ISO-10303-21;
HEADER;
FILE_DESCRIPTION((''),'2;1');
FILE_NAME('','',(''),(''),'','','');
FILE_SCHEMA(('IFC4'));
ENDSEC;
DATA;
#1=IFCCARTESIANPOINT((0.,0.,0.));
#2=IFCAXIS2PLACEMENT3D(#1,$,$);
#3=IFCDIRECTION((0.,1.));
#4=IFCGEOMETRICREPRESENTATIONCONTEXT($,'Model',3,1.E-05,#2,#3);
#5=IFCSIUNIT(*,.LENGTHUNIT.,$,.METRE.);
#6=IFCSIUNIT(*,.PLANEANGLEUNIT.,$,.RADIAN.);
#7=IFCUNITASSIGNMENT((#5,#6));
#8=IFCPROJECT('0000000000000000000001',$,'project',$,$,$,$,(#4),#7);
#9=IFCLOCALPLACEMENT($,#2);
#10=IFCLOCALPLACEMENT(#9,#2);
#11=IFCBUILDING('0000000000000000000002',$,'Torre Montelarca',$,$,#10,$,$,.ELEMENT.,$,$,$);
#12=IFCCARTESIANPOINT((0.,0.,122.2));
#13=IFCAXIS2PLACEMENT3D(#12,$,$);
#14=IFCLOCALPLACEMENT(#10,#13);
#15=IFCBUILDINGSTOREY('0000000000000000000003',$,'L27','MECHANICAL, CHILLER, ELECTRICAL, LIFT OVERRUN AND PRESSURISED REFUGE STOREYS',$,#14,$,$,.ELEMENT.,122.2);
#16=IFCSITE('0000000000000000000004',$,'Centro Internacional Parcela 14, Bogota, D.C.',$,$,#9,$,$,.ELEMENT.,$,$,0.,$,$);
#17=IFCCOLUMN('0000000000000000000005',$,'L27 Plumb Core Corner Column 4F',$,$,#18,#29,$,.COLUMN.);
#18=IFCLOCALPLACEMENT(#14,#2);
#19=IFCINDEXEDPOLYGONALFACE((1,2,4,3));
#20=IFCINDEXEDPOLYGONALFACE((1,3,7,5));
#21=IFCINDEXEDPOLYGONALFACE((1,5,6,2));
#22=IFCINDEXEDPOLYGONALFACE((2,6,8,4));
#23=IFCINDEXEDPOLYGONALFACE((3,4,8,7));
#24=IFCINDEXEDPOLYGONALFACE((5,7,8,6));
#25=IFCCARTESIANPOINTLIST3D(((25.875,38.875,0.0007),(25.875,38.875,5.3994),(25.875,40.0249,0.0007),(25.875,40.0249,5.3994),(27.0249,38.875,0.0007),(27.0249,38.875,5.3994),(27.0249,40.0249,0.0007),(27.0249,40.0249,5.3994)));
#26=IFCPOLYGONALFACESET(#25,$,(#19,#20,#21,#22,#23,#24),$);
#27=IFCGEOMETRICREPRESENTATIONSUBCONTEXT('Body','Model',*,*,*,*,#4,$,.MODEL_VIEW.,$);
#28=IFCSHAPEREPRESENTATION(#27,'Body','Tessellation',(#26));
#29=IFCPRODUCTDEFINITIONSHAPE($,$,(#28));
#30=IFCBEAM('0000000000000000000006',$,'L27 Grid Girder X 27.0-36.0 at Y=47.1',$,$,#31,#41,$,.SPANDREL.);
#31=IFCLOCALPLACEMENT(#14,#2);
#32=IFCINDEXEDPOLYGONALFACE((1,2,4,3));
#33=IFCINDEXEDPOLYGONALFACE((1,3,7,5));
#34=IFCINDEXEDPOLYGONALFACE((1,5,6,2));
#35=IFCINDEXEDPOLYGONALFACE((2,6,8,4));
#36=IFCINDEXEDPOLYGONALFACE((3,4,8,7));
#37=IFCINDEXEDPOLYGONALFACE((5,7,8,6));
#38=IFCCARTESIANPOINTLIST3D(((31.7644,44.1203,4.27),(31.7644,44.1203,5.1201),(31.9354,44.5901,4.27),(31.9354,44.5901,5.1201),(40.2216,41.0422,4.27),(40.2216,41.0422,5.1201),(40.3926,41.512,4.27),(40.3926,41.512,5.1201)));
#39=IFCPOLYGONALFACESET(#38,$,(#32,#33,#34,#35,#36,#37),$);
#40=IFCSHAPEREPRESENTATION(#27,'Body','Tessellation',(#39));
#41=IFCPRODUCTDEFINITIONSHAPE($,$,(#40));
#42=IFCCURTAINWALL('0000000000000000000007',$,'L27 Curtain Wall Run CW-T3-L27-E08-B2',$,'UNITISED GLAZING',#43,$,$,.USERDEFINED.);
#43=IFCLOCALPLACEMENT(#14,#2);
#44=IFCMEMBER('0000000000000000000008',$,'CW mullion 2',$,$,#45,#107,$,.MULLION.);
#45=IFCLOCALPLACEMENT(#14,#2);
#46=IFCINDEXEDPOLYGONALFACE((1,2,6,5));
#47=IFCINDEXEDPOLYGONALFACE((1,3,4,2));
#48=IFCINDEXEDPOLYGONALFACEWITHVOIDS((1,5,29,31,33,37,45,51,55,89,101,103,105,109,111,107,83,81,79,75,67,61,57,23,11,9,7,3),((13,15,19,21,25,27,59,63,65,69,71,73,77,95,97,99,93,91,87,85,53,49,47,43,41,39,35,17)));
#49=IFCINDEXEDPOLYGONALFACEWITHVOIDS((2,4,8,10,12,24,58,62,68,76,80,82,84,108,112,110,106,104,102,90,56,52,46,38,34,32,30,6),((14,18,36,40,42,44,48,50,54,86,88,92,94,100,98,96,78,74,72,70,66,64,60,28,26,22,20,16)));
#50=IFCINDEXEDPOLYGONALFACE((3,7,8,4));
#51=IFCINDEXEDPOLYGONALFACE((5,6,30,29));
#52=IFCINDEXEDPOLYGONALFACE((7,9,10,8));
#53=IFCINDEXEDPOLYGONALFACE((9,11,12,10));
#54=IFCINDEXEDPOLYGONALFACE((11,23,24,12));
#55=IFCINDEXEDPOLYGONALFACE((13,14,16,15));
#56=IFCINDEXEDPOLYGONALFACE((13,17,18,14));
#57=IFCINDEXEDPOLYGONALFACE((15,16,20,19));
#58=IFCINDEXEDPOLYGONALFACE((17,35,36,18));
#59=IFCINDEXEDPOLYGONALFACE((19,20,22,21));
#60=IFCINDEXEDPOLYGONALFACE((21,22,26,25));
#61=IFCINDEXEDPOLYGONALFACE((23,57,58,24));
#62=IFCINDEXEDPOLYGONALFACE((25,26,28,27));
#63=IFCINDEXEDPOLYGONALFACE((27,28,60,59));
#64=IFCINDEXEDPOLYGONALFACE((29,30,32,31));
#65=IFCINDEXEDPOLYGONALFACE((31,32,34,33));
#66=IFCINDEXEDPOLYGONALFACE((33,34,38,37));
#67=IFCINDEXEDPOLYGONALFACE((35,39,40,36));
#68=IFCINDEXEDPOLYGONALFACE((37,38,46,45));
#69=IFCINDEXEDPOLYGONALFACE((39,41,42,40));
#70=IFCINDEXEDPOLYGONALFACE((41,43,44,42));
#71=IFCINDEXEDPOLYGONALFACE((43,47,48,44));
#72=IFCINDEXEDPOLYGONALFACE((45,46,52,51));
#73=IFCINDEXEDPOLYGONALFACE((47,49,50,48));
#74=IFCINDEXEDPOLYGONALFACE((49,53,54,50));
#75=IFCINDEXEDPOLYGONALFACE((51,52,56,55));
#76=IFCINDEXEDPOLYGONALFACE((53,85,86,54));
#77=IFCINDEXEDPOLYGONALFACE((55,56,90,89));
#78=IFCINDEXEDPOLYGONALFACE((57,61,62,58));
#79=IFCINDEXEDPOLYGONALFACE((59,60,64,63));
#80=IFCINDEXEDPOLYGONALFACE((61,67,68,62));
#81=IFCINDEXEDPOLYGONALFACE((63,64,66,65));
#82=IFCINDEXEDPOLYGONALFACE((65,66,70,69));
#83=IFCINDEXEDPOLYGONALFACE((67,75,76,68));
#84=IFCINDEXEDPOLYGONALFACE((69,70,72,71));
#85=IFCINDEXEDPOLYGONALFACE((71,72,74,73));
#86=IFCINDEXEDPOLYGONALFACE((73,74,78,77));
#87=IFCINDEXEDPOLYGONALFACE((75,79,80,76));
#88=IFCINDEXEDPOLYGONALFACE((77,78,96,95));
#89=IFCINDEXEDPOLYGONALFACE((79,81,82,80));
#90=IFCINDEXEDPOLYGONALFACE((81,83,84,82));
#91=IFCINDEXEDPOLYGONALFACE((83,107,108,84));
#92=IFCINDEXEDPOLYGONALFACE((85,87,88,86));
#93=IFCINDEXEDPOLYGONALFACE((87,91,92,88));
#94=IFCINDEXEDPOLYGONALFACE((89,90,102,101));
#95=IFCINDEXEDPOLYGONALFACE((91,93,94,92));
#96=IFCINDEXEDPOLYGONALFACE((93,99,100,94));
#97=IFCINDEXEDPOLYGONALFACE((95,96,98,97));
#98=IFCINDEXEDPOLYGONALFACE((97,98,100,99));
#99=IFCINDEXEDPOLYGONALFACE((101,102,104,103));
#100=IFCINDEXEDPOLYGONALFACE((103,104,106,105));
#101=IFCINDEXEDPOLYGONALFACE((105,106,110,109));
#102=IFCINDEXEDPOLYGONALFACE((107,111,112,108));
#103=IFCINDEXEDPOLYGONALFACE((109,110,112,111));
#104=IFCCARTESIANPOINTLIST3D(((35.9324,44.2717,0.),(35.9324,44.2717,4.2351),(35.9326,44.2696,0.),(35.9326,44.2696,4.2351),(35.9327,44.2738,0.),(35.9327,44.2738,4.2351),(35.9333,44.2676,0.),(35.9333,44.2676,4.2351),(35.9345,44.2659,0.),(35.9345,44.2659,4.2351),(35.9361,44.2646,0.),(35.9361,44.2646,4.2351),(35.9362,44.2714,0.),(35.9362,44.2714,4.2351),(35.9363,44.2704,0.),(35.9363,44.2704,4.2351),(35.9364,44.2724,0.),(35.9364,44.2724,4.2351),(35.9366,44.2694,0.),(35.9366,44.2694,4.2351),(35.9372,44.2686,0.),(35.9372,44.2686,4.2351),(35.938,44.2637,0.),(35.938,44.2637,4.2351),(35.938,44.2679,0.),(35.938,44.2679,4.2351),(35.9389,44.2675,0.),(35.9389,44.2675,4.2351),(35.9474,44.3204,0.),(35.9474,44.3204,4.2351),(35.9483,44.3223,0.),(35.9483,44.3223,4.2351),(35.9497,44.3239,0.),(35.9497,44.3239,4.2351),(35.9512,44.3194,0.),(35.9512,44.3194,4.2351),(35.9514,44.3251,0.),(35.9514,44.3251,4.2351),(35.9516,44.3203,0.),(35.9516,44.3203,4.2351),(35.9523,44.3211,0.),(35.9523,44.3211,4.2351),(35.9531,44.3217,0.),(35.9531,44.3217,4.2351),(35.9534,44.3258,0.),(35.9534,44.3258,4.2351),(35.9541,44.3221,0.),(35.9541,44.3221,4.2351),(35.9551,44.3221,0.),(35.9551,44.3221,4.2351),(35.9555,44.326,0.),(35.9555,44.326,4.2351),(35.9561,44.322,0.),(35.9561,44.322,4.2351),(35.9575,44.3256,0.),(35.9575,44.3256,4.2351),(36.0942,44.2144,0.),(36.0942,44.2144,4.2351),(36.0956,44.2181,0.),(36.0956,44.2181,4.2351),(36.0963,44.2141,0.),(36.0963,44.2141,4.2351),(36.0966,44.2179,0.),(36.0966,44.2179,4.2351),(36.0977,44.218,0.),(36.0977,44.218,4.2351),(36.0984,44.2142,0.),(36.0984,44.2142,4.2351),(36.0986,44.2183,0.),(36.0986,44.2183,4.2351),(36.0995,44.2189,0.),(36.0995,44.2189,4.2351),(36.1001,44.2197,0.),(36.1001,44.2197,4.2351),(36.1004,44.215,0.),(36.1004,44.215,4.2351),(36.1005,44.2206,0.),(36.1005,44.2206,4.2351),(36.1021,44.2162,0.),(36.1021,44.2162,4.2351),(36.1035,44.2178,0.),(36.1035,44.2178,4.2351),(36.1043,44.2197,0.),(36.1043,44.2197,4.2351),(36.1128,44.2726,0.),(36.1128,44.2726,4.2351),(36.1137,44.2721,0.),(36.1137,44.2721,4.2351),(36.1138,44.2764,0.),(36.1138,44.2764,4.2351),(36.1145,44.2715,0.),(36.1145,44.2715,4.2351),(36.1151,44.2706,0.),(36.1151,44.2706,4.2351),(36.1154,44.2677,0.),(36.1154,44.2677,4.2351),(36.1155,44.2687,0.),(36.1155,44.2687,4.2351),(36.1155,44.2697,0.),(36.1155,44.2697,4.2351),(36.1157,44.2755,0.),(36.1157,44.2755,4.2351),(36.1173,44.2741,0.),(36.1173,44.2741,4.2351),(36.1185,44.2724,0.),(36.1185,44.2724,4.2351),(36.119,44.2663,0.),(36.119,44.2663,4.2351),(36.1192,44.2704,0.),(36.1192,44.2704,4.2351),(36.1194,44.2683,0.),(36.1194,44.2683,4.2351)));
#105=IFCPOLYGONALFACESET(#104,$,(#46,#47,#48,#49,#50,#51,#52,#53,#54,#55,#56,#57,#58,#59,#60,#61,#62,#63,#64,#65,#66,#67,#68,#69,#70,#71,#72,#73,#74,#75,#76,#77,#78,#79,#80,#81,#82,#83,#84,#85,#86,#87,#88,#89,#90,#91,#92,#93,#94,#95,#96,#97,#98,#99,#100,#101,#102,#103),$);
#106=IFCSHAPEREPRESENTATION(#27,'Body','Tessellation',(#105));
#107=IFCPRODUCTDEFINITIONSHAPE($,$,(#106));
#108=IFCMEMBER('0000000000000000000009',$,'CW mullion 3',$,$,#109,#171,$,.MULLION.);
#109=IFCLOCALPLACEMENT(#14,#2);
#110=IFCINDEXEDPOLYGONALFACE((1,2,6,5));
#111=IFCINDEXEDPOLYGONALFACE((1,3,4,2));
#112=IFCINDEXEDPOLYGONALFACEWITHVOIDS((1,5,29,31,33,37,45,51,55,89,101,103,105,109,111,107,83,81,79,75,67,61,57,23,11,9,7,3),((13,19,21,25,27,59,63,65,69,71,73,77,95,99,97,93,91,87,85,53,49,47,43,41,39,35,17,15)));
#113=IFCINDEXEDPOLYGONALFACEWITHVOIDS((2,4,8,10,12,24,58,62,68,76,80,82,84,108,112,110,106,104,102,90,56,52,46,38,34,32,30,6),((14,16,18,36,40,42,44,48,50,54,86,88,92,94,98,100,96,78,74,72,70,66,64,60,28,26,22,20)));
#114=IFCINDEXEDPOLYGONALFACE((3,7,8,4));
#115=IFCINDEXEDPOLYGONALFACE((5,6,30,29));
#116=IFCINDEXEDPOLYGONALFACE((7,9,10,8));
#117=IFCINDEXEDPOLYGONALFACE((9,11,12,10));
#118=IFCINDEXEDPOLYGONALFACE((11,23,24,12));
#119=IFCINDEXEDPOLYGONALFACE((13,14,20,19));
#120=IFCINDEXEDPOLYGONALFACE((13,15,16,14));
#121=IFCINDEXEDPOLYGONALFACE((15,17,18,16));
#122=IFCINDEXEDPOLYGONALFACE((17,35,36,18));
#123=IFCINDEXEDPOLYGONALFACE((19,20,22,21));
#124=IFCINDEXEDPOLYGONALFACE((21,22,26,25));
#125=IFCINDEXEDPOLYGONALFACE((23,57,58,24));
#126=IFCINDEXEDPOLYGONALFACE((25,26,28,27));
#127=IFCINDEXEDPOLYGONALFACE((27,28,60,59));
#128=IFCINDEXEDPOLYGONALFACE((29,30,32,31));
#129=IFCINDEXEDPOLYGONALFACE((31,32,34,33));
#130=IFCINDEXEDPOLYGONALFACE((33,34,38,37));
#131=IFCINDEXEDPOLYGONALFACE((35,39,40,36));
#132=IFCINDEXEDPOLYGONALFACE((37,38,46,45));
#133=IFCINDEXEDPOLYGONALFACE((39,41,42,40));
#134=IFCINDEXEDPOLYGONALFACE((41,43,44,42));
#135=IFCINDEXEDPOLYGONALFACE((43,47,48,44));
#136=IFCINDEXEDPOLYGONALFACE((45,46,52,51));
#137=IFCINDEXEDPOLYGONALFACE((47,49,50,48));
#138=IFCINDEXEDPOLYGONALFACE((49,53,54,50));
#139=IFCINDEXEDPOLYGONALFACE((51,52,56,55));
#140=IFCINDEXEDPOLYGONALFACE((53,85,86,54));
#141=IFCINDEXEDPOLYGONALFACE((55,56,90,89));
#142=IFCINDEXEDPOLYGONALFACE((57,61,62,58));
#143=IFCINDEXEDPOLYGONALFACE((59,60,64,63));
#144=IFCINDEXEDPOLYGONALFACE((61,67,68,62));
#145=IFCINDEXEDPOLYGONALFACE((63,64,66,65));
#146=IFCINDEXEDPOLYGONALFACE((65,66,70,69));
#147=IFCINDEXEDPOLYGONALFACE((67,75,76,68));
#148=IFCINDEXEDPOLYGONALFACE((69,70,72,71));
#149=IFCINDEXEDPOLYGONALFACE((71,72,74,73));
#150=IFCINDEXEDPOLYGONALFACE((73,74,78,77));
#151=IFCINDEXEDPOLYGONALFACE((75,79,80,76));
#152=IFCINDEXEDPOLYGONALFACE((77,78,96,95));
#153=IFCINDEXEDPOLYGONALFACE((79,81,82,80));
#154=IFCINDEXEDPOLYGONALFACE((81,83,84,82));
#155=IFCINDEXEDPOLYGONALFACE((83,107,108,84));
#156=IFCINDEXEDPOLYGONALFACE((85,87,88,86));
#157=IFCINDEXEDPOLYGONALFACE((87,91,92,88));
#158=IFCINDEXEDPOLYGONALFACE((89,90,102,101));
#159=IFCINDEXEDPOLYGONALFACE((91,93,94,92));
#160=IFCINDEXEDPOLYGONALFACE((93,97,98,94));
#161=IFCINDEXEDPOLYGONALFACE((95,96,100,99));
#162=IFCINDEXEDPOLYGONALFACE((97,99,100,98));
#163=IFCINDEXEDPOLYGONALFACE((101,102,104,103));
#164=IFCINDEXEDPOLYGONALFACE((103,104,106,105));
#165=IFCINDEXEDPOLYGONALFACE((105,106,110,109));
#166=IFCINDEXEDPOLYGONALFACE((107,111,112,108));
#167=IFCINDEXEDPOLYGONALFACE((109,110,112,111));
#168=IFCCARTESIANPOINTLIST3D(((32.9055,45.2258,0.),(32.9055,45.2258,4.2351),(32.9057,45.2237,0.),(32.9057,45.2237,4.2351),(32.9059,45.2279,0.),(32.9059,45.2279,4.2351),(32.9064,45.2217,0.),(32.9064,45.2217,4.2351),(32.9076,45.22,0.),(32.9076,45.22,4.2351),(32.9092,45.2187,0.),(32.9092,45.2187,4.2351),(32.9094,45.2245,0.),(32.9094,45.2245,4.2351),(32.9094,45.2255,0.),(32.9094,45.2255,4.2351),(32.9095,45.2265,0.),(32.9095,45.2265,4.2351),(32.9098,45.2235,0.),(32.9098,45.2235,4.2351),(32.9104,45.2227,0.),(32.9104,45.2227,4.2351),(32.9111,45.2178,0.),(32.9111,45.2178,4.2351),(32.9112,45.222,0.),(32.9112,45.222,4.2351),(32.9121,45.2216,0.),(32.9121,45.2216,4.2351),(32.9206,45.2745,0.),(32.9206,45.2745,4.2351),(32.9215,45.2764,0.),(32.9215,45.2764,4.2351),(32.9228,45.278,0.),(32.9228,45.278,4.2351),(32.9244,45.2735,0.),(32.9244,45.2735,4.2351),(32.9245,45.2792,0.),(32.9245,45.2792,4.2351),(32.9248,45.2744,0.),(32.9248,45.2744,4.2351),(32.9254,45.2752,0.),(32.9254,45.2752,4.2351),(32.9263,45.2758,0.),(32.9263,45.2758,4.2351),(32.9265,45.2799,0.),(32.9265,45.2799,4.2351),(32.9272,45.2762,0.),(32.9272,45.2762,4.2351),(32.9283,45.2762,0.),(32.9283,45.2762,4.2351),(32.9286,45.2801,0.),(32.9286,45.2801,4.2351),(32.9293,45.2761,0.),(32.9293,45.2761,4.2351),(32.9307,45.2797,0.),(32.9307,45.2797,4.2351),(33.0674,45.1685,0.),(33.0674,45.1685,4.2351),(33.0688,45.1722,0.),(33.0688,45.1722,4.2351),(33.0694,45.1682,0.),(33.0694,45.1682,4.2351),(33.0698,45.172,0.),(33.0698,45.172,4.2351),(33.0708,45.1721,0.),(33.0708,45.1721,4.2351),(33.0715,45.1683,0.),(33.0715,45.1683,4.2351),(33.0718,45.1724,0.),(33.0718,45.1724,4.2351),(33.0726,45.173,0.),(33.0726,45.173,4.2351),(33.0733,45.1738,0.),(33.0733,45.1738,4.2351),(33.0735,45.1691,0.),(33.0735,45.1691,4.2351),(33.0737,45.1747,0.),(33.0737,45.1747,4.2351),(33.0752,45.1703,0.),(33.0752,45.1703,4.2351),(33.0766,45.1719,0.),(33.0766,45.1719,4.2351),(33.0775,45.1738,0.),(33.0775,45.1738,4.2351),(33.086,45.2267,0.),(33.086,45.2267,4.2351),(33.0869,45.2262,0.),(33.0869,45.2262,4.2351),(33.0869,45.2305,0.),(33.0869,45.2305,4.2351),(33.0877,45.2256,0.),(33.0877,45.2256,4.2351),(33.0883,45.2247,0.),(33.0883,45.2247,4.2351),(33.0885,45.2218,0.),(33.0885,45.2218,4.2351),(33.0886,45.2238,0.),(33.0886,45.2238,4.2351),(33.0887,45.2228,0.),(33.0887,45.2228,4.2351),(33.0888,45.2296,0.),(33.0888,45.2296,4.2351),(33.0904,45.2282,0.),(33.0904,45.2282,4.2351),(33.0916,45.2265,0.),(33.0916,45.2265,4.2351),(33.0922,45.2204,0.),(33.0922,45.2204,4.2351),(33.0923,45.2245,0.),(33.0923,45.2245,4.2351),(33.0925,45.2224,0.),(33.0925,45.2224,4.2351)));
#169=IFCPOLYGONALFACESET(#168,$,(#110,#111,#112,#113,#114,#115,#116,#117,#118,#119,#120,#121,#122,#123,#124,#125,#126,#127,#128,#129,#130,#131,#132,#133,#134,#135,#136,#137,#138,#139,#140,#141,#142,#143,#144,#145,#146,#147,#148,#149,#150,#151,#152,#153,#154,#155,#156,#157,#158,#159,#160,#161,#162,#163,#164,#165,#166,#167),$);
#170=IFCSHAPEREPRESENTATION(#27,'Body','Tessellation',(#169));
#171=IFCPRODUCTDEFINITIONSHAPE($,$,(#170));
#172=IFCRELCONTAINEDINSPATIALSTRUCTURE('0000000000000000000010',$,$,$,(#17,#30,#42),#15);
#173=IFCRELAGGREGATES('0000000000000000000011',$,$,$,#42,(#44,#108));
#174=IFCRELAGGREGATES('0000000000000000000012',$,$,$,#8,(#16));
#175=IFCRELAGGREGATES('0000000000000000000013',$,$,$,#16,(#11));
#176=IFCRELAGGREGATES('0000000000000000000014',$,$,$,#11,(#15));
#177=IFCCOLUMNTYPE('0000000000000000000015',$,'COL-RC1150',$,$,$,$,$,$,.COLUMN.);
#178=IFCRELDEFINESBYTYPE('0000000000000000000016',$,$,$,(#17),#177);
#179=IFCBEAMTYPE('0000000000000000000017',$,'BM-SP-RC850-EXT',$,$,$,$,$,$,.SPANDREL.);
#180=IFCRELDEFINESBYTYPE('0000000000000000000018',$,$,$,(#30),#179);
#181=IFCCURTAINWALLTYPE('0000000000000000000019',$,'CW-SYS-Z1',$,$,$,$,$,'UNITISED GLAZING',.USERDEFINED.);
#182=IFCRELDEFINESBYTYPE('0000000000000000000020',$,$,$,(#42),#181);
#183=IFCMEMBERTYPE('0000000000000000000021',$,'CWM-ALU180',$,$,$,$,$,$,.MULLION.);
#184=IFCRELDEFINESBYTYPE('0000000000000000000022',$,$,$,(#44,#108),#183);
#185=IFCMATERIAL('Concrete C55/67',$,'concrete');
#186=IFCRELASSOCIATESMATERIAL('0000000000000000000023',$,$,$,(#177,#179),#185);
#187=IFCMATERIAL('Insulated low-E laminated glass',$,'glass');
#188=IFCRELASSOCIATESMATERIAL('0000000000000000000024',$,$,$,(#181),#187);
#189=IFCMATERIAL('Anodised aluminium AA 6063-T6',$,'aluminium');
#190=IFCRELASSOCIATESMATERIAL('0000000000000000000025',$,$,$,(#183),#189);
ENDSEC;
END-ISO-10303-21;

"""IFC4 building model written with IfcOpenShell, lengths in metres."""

from ifc_helpers import new_model, si_unit, direction, frame, origin, origin_2d, place, context, subcontext, project, spatial, rectangle, hollow_rectangle, extrude, source, transform, mapped, material, material_profile, profile_set, type_object, element, aggregate, save


model = new_model("IFC4")

# Units and contexts
model_context = context("Model", 3, precision=1e-05, world=origin(), true_north=direction((0.0, 1.0)))
body_context = subcontext(model_context, "Body", "Model", "MODEL_VIEW")
ifc_project = project(units=[si_unit("LENGTHUNIT", "METRE"), si_unit("PLANEANGLEUNIT", "RADIAN")], contexts=[model_context])

# Site, building, storey
site_placement = place(None, origin())
site = spatial("IfcSite", under=ifc_project, at=site_placement, Name="Centro Internacional Parcela 14, Bogota, D.C.", CompositionType="ELEMENT", RefElevation=0.0)
building_placement = place(site_placement, origin())
building = spatial("IfcBuilding", under=site, at=building_placement, Name="Torre Montelarca", CompositionType="ELEMENT")
storey_placement = place(building_placement, frame((0.0, 0.0, 122.2)))
storey = spatial("IfcBuildingStorey", under=building, at=storey_placement, Name="L27", Description="MECHANICAL, CHILLER, ELECTRICAL, LIFT OVERRUN AND PRESSURISED REFUGE STOREYS", CompositionType="ELEMENT", Elevation=122.2)

# Column
ifc_material_1 = material(Name="Concrete C55/67", Category="concrete")
ifc_material_profile_1 = material_profile(ifc_material_1, rectangle(XDim=1.1499, YDim=1.1499, at=origin_2d()), Name="RC1150X1150", Category="concrete")
ifc_profile_set_1 = profile_set([ifc_material_profile_1], Name="Concrete C55/67")
column_type_1 = type_object("IfcColumnType", Name="COL-RC1150", PredefinedType="COLUMN", material=ifc_profile_set_1)
shared_shape_1 = source(origin(), body_context, "Body", "SweptSolid", [
    extrude(rectangle(XDim=1.1499, YDim=1.1499, at=origin_2d()), origin(), (0.0, 0.0, 1.0), 5.3987),
])
column_1_placement = place(storey_placement, frame((26.45, 39.45, 0.0007), z_axis=(0.0, 0.0, 1.0), x_axis=(1.0, 0.0, 0.0)))
element("IfcColumn", 1, at=column_1_placement, inside=storey, type_object=column_type_1, Name="L27 Plumb Core Corner Column 4F", PredefinedType="COLUMN", context=body_context, shape_type="MappedRepresentation", body=[
    mapped(shared_shape_1, transform((0.0, 0.0, 0.0), scale=1.0)),
])

# Beam
ifc_material_profile_2 = material_profile(ifc_material_1, rectangle(XDim=0.5, YDim=0.8501, at=origin_2d()), Name="RCB500X850", Category="concrete")
ifc_profile_set_2 = profile_set([ifc_material_profile_2], Name="Concrete C55/67")
beam_type = type_object("IfcBeamType", Name="BM-SP-RC850-EXT", PredefinedType="SPANDREL", material=ifc_profile_set_2)
shared_shape_2 = source(origin(), body_context, "Body", "SweptSolid", [
    extrude(rectangle(XDim=0.5, YDim=0.8501, at=origin_2d()), origin(), (0.0, 0.0, 1.0), 9.0),
])
beam_placement = place(storey_placement, frame((31.8499, 44.3552, 4.6951), z_axis=(0.939695, -0.342013, 0.0), x_axis=(0.342013, 0.939695, 0.0)))
element("IfcBeam", 2, at=beam_placement, inside=storey, type_object=beam_type, Name="L27 Grid Girder X 27.0-36.0 at Y=47.1", PredefinedType="SPANDREL", context=body_context, shape_type="MappedRepresentation", body=[
    mapped(shared_shape_2, transform((0.0, 0.0, 0.0), scale=1.0)),
])

# Curtain wall, members
ifc_material_2 = material(Name="Insulated low-E laminated glass", Category="glass")
curtain_wall_type = type_object("IfcCurtainWallType", Name="CW-SYS-Z1", ElementType="UNITISED GLAZING", PredefinedType="USERDEFINED", material=ifc_material_2)
curtain_wall_1_placement = place(storey_placement, origin())
curtain_wall_1 = element("IfcCurtainWall", 3, at=curtain_wall_1_placement, inside=storey, type_object=curtain_wall_type, Name="L27 Curtain Wall Run CW-T3-L27-E08-B2", ObjectType="UNITISED GLAZING", PredefinedType="USERDEFINED")
ifc_material_3 = material(Name="Anodised aluminium AA 6063-T6", Category="aluminium")
ifc_material_profile_3 = material_profile(ifc_material_3, hollow_rectangle(XDim=0.0649, YDim=0.1799, WallThickness=0.0039, InnerFilletRadius=0.0039, OuterFilletRadius=0.0081, at=origin_2d()), Name="ALU65X180X4", Category="aluminium")
ifc_profile_set_3 = profile_set([ifc_material_profile_3], Name="Anodised aluminium AA 6063-T6")
member_type_1 = type_object("IfcMemberType", Name="CWM-ALU180", PredefinedType="MULLION", material=ifc_profile_set_3)
shared_shape_3 = source(origin(), body_context, "Body", "SweptSolid", [
    extrude(hollow_rectangle(XDim=0.0649, YDim=0.1799, WallThickness=0.0039, InnerFilletRadius=0.0039, OuterFilletRadius=0.0081, at=origin_2d()), origin(), (0.0, 0.0, 1.0), 4.2351),
])
member_1_placement = place(storey_placement, frame((36.0259, 44.27, 0.0), z_axis=(0.0, 0.0, 1.0), x_axis=(-0.300709, -0.953716, 0.0)))
member_1 = element("IfcMember", 4, at=member_1_placement, type_object=member_type_1, Name="CW mullion 2", PredefinedType="MULLION", context=body_context, shape_type="MappedRepresentation", body=[
    mapped(shared_shape_3, transform((0.0, 0.0, 0.0), scale=1.0)),
])
member_2_placement = place(storey_placement, frame((32.999, 45.2241, 0.0), z_axis=(0.0, 0.0, 1.0), x_axis=(-0.300709, -0.953716, 0.0)))
member_2 = element("IfcMember", 5, at=member_2_placement, type_object=member_type_1, Name="CW mullion 3", PredefinedType="MULLION", context=body_context, shape_type="MappedRepresentation", body=[
    mapped(shared_shape_3, transform((0.0, 0.0, 0.0), scale=1.0)),
])

aggregate(curtain_wall_1, [member_1, member_2])

save(model, "model.ifc")
